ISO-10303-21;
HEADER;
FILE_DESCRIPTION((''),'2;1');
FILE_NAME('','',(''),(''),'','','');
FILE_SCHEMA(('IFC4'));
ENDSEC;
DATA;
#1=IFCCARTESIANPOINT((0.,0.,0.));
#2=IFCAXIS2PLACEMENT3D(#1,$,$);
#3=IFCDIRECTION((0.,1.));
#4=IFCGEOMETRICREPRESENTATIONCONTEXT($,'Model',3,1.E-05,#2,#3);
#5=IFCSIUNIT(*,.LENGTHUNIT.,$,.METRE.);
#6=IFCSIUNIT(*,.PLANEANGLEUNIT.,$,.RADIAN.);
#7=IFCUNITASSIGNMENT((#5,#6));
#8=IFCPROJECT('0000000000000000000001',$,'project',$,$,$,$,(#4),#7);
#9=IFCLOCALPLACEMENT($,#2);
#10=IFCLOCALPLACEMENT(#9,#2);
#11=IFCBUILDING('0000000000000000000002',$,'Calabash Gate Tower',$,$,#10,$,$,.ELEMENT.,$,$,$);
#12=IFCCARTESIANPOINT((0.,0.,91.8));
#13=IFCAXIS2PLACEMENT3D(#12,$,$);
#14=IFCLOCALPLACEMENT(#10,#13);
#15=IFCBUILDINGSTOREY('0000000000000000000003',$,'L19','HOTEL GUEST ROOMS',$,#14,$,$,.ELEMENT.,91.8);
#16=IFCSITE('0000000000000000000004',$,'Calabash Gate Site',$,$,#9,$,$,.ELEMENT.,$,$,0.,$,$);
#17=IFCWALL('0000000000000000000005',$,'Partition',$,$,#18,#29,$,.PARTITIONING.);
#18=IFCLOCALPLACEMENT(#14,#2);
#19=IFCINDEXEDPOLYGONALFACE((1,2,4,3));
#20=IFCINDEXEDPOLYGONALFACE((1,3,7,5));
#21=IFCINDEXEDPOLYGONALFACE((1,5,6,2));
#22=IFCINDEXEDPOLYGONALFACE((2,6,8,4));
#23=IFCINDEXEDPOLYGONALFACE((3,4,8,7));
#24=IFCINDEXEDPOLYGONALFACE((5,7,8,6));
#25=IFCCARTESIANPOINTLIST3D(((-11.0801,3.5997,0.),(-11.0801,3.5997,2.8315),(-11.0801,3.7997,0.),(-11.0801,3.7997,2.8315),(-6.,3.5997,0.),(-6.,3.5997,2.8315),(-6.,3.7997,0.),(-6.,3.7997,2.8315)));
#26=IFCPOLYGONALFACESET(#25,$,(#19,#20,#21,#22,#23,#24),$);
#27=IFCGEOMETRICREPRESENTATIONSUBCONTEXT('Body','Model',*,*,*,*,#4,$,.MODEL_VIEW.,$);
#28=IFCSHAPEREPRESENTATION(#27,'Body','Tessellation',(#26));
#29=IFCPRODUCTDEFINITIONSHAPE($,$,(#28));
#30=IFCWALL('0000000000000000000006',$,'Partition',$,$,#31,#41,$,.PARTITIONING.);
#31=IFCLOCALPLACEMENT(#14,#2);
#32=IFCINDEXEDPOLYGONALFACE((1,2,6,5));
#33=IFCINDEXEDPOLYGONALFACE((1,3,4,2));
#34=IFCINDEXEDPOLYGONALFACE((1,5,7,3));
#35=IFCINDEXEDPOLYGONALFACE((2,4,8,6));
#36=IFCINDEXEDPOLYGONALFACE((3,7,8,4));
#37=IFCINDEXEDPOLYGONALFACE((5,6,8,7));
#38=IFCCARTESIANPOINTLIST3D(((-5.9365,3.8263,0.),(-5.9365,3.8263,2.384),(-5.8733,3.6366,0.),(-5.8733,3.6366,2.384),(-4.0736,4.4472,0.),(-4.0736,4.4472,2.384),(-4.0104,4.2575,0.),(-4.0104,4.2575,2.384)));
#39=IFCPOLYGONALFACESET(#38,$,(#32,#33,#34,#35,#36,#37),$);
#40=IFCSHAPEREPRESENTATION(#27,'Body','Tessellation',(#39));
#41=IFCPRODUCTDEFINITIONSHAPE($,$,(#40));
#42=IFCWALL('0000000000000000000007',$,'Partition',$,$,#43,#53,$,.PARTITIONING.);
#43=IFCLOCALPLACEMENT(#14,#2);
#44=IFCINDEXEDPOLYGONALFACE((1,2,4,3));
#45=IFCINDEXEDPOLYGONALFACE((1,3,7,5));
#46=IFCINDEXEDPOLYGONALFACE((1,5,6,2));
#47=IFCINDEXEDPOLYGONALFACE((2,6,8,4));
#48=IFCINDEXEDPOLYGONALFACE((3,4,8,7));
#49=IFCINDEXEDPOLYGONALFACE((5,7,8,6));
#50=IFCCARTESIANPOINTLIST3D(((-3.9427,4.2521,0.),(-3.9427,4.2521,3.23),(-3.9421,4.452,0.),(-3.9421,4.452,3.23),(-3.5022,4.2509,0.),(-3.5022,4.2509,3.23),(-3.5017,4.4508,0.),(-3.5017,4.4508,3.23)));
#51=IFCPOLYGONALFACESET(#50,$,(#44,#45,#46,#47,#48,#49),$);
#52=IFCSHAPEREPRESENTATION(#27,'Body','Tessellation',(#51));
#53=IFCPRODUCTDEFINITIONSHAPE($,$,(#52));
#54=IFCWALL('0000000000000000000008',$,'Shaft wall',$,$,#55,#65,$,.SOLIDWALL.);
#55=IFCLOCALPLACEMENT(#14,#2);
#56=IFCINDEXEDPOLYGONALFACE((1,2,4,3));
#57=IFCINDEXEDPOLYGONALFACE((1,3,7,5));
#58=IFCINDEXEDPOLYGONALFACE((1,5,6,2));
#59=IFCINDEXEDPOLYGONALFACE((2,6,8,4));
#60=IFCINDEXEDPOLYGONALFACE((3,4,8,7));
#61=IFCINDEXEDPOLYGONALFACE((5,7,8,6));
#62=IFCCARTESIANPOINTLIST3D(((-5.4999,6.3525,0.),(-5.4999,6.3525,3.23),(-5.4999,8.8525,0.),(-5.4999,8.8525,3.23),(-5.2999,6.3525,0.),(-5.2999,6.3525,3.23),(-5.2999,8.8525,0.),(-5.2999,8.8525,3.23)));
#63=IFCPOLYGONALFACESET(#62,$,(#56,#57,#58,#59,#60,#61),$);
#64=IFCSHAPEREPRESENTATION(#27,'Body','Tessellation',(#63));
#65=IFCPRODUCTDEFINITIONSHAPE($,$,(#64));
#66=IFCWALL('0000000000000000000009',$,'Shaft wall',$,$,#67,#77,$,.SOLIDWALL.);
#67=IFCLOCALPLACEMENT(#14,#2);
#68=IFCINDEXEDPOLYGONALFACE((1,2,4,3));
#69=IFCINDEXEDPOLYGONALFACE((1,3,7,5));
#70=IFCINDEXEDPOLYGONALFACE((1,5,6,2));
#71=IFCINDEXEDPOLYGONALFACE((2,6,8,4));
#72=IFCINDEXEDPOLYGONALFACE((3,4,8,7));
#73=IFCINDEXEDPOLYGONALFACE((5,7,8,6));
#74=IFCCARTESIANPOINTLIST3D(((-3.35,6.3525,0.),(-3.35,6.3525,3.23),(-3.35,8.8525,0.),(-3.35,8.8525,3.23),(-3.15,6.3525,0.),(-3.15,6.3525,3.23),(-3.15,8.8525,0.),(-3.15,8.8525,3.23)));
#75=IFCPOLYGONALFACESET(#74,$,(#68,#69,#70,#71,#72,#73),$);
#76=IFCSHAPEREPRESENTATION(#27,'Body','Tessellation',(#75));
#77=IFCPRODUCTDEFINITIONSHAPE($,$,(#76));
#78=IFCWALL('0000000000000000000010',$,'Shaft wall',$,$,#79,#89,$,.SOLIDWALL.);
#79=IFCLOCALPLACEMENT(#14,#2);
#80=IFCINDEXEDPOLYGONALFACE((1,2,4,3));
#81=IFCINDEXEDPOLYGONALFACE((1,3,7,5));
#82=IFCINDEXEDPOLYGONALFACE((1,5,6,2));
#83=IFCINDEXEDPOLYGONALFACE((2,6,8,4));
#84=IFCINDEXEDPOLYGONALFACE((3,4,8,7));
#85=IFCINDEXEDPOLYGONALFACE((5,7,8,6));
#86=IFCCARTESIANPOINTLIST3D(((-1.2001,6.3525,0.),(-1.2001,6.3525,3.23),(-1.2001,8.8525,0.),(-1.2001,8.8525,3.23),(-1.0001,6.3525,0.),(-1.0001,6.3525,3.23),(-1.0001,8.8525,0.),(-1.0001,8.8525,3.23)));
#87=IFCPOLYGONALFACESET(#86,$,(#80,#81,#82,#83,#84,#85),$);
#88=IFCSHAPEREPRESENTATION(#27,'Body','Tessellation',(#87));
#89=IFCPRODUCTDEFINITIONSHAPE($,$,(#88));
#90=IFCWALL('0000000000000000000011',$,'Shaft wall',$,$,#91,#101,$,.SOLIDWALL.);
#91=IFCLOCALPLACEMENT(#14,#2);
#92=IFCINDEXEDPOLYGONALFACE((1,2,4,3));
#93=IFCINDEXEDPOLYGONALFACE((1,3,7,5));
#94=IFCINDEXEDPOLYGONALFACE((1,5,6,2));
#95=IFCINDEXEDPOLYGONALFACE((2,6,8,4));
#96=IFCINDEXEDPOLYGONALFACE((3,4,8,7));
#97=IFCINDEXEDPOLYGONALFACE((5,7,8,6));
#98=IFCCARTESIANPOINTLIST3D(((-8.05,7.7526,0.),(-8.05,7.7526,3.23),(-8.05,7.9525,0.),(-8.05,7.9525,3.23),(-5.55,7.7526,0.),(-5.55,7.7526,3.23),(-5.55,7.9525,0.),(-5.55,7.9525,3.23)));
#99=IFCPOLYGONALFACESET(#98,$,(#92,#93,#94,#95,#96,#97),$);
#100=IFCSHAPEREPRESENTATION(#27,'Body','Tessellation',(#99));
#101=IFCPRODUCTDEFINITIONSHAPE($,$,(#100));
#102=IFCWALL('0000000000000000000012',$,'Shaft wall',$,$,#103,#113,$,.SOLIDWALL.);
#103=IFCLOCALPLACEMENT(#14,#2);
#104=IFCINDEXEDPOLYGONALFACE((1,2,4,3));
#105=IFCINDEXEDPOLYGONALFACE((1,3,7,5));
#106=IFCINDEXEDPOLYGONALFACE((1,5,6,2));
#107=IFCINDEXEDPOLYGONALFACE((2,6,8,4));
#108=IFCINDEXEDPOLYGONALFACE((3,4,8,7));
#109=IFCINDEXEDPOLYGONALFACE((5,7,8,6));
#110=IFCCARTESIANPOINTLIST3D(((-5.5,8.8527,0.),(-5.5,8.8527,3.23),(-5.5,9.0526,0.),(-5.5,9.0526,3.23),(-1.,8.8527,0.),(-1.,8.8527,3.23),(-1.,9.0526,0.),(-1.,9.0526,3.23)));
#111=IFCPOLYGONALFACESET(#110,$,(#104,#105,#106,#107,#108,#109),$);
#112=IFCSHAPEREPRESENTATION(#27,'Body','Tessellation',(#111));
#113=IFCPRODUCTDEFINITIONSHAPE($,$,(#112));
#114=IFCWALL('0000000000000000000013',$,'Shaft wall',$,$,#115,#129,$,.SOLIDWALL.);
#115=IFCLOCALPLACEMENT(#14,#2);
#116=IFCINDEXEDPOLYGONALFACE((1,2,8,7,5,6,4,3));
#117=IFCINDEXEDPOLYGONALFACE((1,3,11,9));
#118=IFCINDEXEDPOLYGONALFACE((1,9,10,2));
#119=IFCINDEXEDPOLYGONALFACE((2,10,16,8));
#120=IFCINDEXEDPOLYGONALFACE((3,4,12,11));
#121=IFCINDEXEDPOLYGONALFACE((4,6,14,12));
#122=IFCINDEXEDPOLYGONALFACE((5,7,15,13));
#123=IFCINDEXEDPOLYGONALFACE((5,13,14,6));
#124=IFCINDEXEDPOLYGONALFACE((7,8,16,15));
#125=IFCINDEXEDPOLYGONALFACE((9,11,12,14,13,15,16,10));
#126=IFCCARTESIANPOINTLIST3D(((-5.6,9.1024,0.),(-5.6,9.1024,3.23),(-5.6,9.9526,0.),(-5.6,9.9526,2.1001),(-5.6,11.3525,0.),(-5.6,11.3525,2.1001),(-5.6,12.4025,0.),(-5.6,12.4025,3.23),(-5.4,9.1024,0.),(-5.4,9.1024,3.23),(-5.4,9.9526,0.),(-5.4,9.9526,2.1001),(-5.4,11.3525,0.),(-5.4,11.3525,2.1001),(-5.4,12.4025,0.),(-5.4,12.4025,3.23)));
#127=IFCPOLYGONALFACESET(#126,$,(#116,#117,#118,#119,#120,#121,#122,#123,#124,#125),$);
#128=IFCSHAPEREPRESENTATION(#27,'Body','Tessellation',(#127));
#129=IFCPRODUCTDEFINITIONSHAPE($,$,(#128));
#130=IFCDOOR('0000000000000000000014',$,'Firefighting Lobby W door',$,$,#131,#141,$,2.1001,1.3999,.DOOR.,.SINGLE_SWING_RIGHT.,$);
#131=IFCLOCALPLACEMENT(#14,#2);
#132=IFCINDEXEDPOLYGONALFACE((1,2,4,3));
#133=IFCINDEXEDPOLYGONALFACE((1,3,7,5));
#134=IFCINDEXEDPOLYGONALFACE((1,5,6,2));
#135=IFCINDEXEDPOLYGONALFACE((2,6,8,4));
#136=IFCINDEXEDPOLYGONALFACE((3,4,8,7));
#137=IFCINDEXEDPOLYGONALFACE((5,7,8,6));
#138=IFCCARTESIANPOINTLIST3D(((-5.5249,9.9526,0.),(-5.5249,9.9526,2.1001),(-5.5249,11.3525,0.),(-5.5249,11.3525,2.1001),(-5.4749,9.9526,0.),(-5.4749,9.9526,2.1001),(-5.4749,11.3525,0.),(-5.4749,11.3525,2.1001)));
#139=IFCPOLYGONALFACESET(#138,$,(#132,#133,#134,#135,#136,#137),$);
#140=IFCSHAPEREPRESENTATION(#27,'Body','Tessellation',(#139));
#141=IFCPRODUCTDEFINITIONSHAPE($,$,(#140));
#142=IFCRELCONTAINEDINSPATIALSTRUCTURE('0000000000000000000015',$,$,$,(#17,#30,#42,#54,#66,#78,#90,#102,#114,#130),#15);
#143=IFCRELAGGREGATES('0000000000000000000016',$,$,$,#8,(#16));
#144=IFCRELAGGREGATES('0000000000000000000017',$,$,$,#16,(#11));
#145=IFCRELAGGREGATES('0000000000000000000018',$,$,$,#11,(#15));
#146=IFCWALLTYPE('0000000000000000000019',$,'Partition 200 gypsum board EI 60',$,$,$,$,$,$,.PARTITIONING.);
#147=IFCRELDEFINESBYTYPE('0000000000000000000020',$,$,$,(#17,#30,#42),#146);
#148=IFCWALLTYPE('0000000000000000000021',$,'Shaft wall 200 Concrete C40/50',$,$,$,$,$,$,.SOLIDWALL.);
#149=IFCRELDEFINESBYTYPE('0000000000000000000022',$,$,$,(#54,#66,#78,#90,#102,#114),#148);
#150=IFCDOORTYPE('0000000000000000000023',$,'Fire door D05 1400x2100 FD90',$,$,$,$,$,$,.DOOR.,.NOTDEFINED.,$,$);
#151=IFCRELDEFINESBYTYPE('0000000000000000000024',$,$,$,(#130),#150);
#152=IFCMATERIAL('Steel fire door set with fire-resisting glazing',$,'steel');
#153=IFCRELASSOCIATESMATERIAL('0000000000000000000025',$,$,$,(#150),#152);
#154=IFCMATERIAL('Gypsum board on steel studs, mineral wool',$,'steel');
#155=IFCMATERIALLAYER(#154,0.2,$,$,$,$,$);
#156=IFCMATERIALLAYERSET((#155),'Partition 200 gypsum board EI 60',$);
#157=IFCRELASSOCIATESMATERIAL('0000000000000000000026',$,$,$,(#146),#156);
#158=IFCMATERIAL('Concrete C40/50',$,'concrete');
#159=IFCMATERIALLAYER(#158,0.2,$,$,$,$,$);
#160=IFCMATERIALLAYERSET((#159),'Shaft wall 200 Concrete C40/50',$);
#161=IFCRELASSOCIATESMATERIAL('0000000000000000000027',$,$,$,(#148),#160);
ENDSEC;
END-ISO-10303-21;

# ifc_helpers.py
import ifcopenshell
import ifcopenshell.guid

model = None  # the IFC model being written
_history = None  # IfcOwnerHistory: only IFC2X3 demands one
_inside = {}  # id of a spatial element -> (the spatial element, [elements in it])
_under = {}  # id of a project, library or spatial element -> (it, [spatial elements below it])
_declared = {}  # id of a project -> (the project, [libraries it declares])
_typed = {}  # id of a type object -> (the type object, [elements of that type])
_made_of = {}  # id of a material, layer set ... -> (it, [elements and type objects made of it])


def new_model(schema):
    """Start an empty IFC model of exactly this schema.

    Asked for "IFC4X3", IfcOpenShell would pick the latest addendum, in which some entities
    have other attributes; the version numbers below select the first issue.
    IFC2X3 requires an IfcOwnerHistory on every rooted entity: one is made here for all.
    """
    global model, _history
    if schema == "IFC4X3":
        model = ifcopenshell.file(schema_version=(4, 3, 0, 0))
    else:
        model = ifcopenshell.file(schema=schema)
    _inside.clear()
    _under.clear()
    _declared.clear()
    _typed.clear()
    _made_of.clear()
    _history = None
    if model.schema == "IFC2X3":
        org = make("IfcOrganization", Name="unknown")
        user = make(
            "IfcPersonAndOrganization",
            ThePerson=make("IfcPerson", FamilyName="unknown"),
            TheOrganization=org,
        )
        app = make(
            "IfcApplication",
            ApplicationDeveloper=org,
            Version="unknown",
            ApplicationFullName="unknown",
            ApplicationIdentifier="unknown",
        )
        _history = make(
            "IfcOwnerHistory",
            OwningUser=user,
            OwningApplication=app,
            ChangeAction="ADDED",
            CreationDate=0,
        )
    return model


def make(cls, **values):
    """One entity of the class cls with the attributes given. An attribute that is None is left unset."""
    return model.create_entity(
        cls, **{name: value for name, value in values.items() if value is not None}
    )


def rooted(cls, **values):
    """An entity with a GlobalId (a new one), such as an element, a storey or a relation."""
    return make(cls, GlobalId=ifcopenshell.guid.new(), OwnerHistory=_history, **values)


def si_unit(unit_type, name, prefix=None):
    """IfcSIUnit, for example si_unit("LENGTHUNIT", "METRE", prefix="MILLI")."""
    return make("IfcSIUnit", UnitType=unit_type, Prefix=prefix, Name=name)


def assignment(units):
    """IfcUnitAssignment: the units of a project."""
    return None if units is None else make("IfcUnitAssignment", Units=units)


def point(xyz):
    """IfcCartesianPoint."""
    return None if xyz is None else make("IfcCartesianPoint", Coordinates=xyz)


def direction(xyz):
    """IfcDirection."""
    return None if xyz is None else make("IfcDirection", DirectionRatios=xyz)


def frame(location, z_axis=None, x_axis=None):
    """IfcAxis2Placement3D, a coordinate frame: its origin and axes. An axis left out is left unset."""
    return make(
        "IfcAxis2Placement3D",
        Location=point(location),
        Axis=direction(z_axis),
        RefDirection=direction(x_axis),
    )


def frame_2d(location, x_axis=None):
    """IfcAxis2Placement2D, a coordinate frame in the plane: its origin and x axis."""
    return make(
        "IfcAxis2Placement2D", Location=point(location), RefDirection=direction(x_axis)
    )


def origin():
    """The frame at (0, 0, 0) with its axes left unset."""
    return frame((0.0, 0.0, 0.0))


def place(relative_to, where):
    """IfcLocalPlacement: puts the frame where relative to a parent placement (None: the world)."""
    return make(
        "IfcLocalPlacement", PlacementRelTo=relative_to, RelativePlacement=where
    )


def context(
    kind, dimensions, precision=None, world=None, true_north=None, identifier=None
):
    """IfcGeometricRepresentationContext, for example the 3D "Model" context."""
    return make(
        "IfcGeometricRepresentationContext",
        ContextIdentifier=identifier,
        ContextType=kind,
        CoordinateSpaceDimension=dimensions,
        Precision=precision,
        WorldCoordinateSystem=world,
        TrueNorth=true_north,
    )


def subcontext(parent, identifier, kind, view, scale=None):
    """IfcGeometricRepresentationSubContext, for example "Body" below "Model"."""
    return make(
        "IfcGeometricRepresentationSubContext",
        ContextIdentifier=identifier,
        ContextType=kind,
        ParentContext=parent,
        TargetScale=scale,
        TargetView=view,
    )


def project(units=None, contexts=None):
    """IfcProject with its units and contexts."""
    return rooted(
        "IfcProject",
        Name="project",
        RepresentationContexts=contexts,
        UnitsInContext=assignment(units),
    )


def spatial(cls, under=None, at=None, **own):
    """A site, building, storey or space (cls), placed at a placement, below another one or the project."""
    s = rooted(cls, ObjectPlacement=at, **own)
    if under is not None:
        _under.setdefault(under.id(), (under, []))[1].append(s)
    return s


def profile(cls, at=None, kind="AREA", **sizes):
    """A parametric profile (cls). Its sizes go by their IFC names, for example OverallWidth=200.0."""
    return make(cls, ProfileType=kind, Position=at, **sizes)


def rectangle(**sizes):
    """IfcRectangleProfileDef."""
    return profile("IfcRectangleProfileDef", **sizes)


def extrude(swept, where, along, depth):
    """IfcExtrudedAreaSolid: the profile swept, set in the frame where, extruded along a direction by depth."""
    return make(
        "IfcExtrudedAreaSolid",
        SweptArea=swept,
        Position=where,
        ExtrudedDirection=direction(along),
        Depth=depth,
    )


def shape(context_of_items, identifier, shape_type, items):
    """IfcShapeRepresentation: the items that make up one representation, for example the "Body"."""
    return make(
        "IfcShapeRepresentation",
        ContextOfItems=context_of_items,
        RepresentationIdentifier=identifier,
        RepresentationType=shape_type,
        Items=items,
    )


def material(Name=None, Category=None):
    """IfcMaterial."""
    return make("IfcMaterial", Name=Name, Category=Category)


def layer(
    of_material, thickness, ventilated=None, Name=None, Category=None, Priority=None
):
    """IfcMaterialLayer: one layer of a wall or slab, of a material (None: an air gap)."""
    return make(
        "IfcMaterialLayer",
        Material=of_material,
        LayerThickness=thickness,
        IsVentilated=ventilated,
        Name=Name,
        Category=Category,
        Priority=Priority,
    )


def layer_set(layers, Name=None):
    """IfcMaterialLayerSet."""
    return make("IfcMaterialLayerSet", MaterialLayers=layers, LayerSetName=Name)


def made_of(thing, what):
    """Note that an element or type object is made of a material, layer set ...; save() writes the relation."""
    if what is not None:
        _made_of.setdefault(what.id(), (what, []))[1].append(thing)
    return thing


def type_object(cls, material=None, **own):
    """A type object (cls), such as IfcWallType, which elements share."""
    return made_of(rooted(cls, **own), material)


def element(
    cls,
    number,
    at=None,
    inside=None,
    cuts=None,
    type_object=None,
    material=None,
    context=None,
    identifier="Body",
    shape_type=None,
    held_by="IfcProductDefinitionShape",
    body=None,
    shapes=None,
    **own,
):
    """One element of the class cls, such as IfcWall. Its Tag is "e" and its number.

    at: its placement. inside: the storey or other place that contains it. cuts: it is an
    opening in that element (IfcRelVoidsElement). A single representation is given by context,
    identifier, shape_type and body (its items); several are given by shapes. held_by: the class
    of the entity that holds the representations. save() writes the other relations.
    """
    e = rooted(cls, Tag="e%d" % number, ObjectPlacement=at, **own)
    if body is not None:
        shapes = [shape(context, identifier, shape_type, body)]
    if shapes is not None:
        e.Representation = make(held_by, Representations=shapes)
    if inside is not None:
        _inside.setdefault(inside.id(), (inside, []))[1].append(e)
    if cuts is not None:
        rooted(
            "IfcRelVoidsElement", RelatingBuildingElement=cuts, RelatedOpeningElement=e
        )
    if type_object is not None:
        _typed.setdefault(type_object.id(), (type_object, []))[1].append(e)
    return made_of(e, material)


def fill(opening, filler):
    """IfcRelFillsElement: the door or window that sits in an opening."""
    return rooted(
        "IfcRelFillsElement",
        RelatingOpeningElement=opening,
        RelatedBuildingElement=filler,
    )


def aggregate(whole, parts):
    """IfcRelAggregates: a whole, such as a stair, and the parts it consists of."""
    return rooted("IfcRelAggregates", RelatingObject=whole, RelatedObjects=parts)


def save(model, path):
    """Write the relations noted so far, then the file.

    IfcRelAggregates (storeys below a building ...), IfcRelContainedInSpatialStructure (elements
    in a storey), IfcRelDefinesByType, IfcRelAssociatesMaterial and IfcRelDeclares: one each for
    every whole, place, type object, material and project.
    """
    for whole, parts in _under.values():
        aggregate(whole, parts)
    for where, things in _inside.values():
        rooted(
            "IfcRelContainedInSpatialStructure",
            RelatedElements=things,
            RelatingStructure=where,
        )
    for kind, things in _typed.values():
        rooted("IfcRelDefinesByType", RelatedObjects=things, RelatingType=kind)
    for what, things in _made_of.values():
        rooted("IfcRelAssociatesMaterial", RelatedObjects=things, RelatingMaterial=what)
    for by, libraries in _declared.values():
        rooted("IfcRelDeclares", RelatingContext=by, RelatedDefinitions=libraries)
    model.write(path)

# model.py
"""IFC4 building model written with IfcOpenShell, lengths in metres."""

from ifc_helpers import new_model, si_unit, direction, frame, frame_2d, origin, place, context, subcontext, project, spatial, rectangle, extrude, material, layer, layer_set, type_object, element, fill, save


model = new_model("IFC4")

# Units and contexts
model_context = context("Model", 3, precision=1e-05, world=origin(), true_north=direction((0.0, 1.0)))
body_context = subcontext(model_context, "Body", "Model", "MODEL_VIEW")
ifc_project = project(units=[si_unit("LENGTHUNIT", "METRE"), si_unit("PLANEANGLEUNIT", "RADIAN")], contexts=[model_context])

# Site, building, storey
site_placement = place(None, origin())
site = spatial("IfcSite", under=ifc_project, at=site_placement, Name="Calabash Gate Site", CompositionType="ELEMENT", RefElevation=0.0)
building_placement = place(site_placement, origin())
building = spatial("IfcBuilding", under=site, at=building_placement, Name="Calabash Gate Tower", CompositionType="ELEMENT")
storey_placement = place(building_placement, frame((0.0, 0.0, 91.8)))
storey = spatial("IfcBuildingStorey", under=building, at=storey_placement, Name="L19", Description="HOTEL GUEST ROOMS", CompositionType="ELEMENT", Elevation=91.8)

# Shared definitions
ifc_material_1 = material(Name="Steel fire door set with fire-resisting glazing", Category="steel")
door_type_1 = type_object("IfcDoorType", Name="Fire door D05 1400x2100 FD90", OperationType="NOTDEFINED", PredefinedType="DOOR", material=ifc_material_1)

# Shared definitions
ifc_material_2 = material(Name="Gypsum board on steel studs, mineral wool", Category="steel")
ifc_layer_1 = layer(ifc_material_2, 0.2)
ifc_layer_set_1 = layer_set([ifc_layer_1], Name="Partition 200 gypsum board EI 60")
wall_type_1 = type_object("IfcWallType", Name="Partition 200 gypsum board EI 60", PredefinedType="PARTITIONING", material=ifc_layer_set_1)

# Walls
wall_1_placement = place(storey_placement, frame((-11.0801, 3.6997, 0.0), z_axis=(0.0, 0.0, 1.0), x_axis=(1.0, 0.0, 0.0)))
element("IfcWall", 1, at=wall_1_placement, inside=storey, type_object=wall_type_1, Name="Partition", PredefinedType="PARTITIONING", context=body_context, shape_type="SweptSolid", body=[
    extrude(rectangle(XDim=5.0801, YDim=0.2, at=frame_2d((2.54, 0.0))), origin(), (0.0, 0.0, 1.0), 2.8315),
])
wall_2_placement = place(storey_placement, frame((-5.905, 3.7314, 0.0), z_axis=(0.0, 0.0, 1.0), x_axis=(0.948696, 0.31619, 0.0)))
element("IfcWall", 2, at=wall_2_placement, inside=storey, type_object=wall_type_1, Name="Partition", PredefinedType="PARTITIONING", context=body_context, shape_type="SweptSolid", body=[
    extrude(rectangle(XDim=1.9636, YDim=0.2, at=frame_2d((0.9819, 0.0))), origin(), (0.0, 0.0, 1.0), 2.384),
])
wall_3_placement = place(storey_placement, frame((-3.9424, 4.3521, 0.0), z_axis=(0.0, 0.0, 1.0), x_axis=(0.999996, -0.002772, 0.0)))
element("IfcWall", 3, at=wall_3_placement, inside=storey, type_object=wall_type_1, Name="Partition", PredefinedType="PARTITIONING", context=body_context, shape_type="SweptSolid", body=[
    extrude(rectangle(XDim=0.4404, YDim=0.2, at=frame_2d((0.2202, 0.0))), origin(), (0.0, 0.0, 1.0), 3.23),
])
ifc_material_3 = material(Name="Concrete C40/50", Category="concrete")
ifc_layer_2 = layer(ifc_material_3, 0.2)
ifc_layer_set_2 = layer_set([ifc_layer_2], Name="Shaft wall 200 Concrete C40/50")
wall_type_2 = type_object("IfcWallType", Name="Shaft wall 200 Concrete C40/50", PredefinedType="SOLIDWALL", material=ifc_layer_set_2)
for number, where, z_axis, x_axis, name in (
    (4, (-5.3999, 6.3525, 0.0), (0.0, 0.0, 1.0), (0.0, 1.0, 0.0), "Shaft wall"),
    (5, (-3.25, 6.3525, 0.0), (0.0, 0.0, 1.0), (0.0, 1.0, 0.0), "Shaft wall"),
    (6, (-1.1001, 6.3525, 0.0), (0.0, 0.0, 1.0), (0.0, 1.0, 0.0), "Shaft wall"),
    (7, (-8.05, 7.8525, 0.0), (0.0, 0.0, 1.0), (1.0, 0.0, 0.0), "Shaft wall"),
):
    element("IfcWall", number, at=place(storey_placement, frame(where, z_axis=z_axis, x_axis=x_axis)), inside=storey, type_object=wall_type_2, Name=name, PredefinedType="SOLIDWALL", context=body_context, shape_type="SweptSolid", body=[
        extrude(rectangle(XDim=2.5, YDim=0.2, at=frame_2d((1.25, 0.0))), origin(), (0.0, 0.0, 1.0), 3.23),
    ])
wall_4_placement = place(storey_placement, frame((-5.5, 8.9526, 0.0), z_axis=(0.0, 0.0, 1.0), x_axis=(1.0, 0.0, 0.0)))
element("IfcWall", 8, at=wall_4_placement, inside=storey, type_object=wall_type_2, Name="Shaft wall", PredefinedType="SOLIDWALL", context=body_context, shape_type="SweptSolid", body=[
    extrude(rectangle(XDim=4.5, YDim=0.2, at=frame_2d((2.25, 0.0))), origin(), (0.0, 0.0, 1.0), 3.23),
])

# Wall, opening, door
wall_5_placement = place(storey_placement, frame((-5.5, 9.1025, 0.0), z_axis=(0.0, 0.0, 1.0), x_axis=(0.0, 1.0, 0.0)))
wall_5 = element("IfcWall", 9, at=wall_5_placement, inside=storey, type_object=wall_type_2, Name="Shaft wall", PredefinedType="SOLIDWALL", context=body_context, shape_type="SweptSolid", body=[
    extrude(rectangle(XDim=3.3, YDim=0.2, at=frame_2d((1.6499, 0.0))), origin(), (0.0, 0.0, 1.0), 3.23),
])
opening_1_placement = place(wall_5_placement, frame((0.8501, 0.0, 0.0)))
opening_1 = element("IfcOpeningElement", 10, at=opening_1_placement, cuts=wall_5, PredefinedType="OPENING", context=body_context, shape_type="SweptSolid", body=[
    extrude(rectangle(XDim=1.3999, YDim=2.1001, at=frame_2d((0.7, 1.05))), frame((0.0, 0.1099, 0.0), z_axis=(0.0, -1.0, 0.0), x_axis=(1.0, 0.0, 0.0)), (0.0, 0.0, 1.0), 0.22),
])
door_1_placement = place(opening_1_placement, origin())
door_1 = element("IfcDoor", 11, at=door_1_placement, inside=storey, type_object=door_type_1, Name="Firefighting Lobby W door", OperationType="SINGLE_SWING_RIGHT", OverallHeight=2.1001, OverallWidth=1.3999, PredefinedType="DOOR", context=body_context, shape_type="SweptSolid", body=[
    extrude(rectangle(XDim=1.3999, YDim=2.1001, at=frame_2d((0.7, 1.05))), frame((0.0, 0.0249, 0.0), z_axis=(0.0, -1.0, 0.0), x_axis=(1.0, 0.0, 0.0)), (0.0, 0.0, 1.0), 0.05),
])
fill(opening_1, door_1)

save(model, "model.ifc")
